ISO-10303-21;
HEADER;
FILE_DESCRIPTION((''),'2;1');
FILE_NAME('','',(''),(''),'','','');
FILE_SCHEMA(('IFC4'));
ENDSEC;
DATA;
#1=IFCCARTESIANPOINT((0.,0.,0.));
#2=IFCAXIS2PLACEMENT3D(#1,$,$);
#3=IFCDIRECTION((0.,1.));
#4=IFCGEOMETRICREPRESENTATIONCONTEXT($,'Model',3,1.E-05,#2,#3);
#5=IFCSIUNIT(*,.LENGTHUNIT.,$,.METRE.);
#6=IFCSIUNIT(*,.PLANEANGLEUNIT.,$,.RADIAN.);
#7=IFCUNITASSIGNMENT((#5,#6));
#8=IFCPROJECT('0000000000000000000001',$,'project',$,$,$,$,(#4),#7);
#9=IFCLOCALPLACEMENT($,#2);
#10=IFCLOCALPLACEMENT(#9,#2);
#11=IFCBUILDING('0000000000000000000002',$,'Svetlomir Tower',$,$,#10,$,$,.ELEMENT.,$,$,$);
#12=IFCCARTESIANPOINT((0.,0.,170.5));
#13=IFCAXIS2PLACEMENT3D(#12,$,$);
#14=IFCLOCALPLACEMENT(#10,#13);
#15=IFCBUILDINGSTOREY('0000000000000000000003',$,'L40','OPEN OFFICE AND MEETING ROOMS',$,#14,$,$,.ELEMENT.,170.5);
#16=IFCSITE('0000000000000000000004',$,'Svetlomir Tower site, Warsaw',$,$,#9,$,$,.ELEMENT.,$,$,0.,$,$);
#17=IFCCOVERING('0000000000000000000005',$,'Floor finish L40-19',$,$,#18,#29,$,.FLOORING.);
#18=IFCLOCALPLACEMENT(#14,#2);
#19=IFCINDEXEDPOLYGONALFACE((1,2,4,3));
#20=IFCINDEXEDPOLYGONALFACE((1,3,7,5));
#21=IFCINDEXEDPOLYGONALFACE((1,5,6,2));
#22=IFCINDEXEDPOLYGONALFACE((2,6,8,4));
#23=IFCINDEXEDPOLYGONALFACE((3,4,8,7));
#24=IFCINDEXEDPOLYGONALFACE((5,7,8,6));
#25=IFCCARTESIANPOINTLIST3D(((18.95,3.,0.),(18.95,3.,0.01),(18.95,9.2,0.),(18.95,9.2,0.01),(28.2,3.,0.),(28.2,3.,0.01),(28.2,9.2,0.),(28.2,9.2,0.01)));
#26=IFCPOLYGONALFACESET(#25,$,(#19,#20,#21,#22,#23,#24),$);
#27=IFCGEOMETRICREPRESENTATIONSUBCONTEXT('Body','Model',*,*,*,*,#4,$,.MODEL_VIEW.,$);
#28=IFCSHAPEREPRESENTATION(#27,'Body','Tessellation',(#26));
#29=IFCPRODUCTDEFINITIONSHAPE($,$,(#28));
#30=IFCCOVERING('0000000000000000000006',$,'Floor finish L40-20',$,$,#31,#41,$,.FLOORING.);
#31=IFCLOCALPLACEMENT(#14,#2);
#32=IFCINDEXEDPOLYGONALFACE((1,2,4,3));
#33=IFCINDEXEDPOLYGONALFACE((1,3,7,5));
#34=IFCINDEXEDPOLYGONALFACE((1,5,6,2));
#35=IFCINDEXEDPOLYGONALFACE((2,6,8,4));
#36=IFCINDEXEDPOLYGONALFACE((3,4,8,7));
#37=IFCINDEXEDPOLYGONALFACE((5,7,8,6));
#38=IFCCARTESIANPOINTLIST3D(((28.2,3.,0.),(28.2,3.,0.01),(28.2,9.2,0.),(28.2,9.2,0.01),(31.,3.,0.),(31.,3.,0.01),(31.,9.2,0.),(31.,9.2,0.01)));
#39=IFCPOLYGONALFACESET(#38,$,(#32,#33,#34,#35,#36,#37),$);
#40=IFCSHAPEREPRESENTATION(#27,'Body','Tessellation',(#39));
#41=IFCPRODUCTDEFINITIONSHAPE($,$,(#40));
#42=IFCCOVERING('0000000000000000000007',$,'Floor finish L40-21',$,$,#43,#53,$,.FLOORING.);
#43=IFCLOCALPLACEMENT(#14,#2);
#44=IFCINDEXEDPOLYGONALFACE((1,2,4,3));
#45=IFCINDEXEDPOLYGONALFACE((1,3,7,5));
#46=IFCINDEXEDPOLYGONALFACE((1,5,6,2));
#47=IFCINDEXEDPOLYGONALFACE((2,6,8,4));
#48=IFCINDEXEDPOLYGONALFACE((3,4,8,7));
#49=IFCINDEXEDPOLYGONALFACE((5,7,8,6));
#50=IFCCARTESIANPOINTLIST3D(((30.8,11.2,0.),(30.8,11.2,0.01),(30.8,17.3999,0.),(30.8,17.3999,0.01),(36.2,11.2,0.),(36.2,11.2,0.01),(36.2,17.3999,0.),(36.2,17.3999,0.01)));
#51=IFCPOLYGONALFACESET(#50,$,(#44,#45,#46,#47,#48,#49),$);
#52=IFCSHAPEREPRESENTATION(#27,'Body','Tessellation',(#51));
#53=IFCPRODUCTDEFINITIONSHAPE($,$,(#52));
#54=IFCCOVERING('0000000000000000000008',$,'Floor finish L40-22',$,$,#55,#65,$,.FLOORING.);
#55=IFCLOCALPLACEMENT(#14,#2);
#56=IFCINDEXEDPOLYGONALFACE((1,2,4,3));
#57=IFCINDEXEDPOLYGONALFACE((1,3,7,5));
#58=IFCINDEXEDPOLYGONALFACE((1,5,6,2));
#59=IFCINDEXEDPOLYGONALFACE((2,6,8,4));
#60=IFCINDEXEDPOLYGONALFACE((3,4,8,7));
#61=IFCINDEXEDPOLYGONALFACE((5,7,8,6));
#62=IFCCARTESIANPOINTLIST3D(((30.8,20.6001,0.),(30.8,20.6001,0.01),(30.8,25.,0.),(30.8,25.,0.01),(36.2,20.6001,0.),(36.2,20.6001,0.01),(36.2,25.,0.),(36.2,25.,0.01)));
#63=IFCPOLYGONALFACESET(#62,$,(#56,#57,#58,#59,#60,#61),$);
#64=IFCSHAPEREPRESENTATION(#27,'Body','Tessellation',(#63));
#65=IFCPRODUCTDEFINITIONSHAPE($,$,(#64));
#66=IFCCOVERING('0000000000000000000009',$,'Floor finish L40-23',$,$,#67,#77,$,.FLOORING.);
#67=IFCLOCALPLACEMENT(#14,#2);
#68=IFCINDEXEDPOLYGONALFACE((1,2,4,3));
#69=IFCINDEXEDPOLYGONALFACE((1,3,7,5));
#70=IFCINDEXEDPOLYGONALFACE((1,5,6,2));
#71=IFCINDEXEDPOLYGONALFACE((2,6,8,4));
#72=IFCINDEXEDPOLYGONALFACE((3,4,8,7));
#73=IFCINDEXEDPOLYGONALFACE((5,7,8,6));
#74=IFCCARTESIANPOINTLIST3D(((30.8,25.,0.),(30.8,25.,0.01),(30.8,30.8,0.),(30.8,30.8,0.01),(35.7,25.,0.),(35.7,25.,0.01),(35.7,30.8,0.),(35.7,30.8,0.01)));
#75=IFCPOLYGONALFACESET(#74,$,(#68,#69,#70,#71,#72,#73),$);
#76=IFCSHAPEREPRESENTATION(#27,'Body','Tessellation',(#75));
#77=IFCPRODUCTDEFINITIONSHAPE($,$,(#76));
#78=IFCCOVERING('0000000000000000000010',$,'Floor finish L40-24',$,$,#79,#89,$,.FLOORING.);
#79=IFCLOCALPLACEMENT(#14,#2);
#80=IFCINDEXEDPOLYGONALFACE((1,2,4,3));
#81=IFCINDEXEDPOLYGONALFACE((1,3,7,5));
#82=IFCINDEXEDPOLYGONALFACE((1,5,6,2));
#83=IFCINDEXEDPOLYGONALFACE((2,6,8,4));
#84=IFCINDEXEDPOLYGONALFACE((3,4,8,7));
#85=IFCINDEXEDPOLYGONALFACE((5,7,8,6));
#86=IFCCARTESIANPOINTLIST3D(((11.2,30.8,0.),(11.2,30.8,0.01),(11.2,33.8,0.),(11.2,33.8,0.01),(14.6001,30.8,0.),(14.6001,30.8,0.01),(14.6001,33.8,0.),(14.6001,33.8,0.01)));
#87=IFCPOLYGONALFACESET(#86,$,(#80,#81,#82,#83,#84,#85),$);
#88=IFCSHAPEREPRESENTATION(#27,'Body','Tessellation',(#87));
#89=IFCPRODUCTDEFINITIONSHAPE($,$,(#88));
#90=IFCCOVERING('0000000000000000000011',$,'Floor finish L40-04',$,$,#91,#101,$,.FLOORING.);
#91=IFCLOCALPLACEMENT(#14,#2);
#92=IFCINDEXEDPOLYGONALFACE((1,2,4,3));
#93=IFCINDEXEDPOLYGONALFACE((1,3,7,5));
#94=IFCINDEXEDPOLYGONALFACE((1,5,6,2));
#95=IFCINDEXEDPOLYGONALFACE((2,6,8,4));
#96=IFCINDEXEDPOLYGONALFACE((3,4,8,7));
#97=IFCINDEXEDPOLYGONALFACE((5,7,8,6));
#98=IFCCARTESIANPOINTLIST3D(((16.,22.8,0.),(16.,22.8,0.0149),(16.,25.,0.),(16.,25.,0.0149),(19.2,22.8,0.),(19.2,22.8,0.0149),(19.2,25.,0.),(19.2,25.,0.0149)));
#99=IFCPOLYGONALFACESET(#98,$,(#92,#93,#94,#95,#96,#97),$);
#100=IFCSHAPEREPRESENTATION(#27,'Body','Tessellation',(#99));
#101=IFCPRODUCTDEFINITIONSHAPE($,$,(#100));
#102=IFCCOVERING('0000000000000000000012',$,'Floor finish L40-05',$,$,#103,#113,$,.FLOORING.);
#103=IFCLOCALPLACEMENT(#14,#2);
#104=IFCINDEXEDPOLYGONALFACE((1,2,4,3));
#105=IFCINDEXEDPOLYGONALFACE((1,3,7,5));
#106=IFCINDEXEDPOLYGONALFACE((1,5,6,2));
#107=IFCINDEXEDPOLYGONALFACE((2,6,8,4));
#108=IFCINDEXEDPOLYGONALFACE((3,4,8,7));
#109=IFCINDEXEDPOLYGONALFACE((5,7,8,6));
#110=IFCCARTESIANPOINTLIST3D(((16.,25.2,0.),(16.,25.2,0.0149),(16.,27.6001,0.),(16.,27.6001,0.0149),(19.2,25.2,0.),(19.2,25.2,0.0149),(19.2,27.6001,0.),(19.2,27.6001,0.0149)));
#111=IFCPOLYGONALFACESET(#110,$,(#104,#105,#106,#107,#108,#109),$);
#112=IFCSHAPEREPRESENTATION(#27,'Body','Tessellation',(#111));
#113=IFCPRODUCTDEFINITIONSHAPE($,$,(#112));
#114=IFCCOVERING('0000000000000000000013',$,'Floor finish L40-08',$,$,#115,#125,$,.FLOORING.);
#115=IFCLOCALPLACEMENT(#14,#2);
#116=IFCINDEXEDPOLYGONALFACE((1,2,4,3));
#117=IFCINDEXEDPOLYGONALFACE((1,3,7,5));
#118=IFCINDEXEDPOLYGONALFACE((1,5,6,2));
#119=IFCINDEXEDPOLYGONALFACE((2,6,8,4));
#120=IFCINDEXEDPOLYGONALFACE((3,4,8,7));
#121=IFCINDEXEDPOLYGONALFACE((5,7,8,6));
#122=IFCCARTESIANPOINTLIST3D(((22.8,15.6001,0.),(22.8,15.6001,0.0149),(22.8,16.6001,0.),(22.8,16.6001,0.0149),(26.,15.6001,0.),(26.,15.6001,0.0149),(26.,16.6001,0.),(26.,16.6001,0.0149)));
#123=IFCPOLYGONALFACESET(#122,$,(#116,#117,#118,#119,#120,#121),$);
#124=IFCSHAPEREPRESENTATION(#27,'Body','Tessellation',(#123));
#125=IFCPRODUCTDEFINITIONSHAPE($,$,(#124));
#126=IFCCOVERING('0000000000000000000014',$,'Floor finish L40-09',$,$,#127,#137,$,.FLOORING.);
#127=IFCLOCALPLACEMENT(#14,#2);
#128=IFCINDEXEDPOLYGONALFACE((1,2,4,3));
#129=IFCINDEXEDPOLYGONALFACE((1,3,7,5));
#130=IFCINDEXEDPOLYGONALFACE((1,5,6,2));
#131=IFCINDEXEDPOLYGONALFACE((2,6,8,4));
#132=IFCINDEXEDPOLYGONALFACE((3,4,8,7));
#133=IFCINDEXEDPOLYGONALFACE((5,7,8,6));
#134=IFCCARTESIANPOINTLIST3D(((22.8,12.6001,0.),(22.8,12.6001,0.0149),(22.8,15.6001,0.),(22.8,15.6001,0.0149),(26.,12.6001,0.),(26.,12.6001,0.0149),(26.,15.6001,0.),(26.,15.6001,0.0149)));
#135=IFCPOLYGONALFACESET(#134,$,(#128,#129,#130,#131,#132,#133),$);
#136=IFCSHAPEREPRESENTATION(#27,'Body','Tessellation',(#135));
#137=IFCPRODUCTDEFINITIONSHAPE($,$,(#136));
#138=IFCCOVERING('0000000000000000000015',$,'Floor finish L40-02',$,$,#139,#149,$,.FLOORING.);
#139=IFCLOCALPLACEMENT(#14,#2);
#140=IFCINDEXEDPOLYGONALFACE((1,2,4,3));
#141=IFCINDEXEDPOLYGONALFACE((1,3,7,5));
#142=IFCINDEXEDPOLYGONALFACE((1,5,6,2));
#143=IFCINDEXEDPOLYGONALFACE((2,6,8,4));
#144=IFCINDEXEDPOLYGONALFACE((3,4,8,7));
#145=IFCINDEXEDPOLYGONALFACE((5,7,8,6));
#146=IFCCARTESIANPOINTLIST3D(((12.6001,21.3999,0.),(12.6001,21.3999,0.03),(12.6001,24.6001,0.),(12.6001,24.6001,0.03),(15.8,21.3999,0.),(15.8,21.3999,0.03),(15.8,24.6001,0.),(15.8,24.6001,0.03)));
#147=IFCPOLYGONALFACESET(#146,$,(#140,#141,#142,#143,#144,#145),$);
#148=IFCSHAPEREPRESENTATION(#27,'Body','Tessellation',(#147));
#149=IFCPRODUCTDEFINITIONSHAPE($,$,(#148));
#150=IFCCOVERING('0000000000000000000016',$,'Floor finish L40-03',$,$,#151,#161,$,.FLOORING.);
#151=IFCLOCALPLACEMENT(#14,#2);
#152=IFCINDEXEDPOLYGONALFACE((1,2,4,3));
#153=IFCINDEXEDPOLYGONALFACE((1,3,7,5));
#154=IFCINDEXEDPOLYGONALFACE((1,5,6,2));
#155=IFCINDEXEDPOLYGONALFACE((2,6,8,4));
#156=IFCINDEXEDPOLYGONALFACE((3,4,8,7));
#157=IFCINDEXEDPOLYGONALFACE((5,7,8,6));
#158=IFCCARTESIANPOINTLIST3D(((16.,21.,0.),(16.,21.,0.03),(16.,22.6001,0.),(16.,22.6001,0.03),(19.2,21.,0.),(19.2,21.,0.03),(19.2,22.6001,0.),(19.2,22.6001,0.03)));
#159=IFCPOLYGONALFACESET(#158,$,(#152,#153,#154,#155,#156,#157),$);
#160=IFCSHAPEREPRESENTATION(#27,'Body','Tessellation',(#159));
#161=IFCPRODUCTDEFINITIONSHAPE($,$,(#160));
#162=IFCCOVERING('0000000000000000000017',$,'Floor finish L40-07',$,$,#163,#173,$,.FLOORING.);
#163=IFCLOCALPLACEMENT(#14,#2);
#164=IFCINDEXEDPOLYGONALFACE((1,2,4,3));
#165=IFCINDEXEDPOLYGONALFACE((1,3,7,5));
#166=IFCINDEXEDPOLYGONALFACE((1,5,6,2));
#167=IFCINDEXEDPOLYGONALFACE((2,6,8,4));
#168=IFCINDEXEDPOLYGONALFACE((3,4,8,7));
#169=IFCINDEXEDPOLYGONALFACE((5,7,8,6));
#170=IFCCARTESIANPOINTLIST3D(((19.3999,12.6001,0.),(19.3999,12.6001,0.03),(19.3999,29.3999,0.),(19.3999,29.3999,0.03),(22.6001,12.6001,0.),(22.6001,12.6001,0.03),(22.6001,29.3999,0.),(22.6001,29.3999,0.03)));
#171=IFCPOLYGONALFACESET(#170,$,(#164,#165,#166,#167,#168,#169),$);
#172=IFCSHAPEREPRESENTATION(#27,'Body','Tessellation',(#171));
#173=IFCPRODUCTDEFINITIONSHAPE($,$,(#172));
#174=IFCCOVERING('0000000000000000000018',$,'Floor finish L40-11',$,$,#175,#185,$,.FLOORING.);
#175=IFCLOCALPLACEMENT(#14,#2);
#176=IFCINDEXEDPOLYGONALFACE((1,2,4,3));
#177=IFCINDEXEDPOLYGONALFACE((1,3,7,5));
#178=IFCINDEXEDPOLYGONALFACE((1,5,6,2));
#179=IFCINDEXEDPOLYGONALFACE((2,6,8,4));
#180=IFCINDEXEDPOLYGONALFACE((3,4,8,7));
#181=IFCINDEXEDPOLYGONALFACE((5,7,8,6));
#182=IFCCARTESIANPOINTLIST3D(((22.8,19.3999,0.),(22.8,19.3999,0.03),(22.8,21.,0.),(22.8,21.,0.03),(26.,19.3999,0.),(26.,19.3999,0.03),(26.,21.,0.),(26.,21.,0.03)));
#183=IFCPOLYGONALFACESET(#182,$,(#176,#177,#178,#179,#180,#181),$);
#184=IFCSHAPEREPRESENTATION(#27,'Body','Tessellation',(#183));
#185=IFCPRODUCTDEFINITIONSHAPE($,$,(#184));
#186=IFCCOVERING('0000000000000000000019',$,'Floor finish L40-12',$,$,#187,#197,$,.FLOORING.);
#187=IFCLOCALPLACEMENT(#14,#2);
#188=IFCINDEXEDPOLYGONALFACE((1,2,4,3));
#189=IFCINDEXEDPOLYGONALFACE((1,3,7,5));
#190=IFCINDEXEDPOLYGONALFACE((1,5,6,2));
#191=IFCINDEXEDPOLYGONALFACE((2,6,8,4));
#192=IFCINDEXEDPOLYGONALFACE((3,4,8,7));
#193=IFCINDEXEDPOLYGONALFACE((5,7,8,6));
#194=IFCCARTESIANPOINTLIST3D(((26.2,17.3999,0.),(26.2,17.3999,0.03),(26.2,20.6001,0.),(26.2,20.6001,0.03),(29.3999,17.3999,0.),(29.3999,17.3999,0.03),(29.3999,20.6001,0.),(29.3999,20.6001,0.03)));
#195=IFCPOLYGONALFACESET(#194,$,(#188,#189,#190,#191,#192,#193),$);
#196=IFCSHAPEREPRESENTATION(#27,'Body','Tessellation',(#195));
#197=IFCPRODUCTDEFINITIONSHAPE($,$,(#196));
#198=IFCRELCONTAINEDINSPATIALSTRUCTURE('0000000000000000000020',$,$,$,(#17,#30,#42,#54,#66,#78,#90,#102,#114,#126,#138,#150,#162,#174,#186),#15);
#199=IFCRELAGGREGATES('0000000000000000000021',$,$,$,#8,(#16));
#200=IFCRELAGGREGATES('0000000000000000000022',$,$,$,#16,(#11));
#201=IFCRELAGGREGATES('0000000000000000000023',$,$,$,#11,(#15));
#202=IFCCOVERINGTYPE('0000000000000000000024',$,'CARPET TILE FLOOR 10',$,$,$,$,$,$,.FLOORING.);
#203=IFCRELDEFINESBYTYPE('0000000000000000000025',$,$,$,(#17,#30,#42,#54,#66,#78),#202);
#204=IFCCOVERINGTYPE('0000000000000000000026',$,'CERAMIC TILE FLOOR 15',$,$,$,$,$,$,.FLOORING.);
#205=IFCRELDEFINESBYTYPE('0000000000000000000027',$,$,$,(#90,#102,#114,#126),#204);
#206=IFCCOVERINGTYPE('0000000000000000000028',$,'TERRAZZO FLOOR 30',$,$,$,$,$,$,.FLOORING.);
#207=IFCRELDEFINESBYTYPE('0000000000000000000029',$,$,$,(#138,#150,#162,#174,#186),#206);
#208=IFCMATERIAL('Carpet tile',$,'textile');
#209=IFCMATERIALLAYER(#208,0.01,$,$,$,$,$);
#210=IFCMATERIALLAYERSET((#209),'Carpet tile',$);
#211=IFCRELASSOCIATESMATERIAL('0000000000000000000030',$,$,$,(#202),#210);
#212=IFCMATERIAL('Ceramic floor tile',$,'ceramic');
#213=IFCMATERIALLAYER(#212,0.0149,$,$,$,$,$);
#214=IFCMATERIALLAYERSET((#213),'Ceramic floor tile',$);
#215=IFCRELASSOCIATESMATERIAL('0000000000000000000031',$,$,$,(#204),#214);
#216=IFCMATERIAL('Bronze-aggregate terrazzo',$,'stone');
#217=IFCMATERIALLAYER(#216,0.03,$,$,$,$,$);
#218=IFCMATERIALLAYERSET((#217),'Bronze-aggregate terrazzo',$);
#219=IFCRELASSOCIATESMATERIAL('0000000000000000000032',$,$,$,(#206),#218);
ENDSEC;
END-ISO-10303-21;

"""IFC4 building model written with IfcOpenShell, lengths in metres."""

from ifc_helpers import new_model, si_unit, direction, frame, origin, place, context, subcontext, project, spatial, polyline, outline, extrude, material, layer, layer_set, type_object, element, save


model = new_model("IFC4")

# Units and contexts
model_context = context("Model", 3, precision=1e-05, world=origin(), true_north=direction((0.0, 1.0)))
body_context = subcontext(model_context, "Body", "Model", "MODEL_VIEW")
ifc_project = project(units=[si_unit("LENGTHUNIT", "METRE"), si_unit("PLANEANGLEUNIT", "RADIAN")], contexts=[model_context])

# Site, building, storey
site_placement = place(None, origin())
site = spatial("IfcSite", under=ifc_project, at=site_placement, Name="Svetlomir Tower site, Warsaw", CompositionType="ELEMENT", RefElevation=0.0)
building_placement = place(site_placement, origin())
building = spatial("IfcBuilding", under=site, at=building_placement, Name="Svetlomir Tower", CompositionType="ELEMENT")
storey_placement = place(building_placement, frame((0.0, 0.0, 170.5)))
storey = spatial("IfcBuildingStorey", under=building, at=storey_placement, Name="L40", Description="OPEN OFFICE AND MEETING ROOMS", CompositionType="ELEMENT", Elevation=170.5)

# Coverings
ifc_material_1 = material(Name="Carpet tile", Category="textile")
ifc_layer_1 = layer(ifc_material_1, 0.01)
ifc_layer_set_1 = layer_set([ifc_layer_1], Name="Carpet tile")
covering_type_1 = type_object("IfcCoveringType", Name="CARPET TILE FLOOR 10", PredefinedType="FLOORING", material=ifc_layer_set_1)
covering_1_placement = place(storey_placement, origin())
element("IfcCovering", 1, at=covering_1_placement, inside=storey, type_object=covering_type_1, Name="Floor finish L40-19", PredefinedType="FLOORING", context=body_context, shape_type="SweptSolid", body=[
    extrude(outline(polyline([(18.95, 3.0), (28.2, 3.0), (28.2, 9.2), (18.95, 9.2), (18.95, 3.0)])), origin(), (0.0, 0.0, 1.0), 0.01),
])
covering_2_placement = place(storey_placement, origin())
element("IfcCovering", 2, at=covering_2_placement, inside=storey, type_object=covering_type_1, Name="Floor finish L40-20", PredefinedType="FLOORING", context=body_context, shape_type="SweptSolid", body=[
    extrude(outline(polyline([(28.2, 3.0), (31.0, 3.0), (31.0, 9.2), (28.2, 9.2), (28.2, 3.0)])), origin(), (0.0, 0.0, 1.0), 0.01),
])
covering_3_placement = place(storey_placement, origin())
element("IfcCovering", 3, at=covering_3_placement, inside=storey, type_object=covering_type_1, Name="Floor finish L40-21", PredefinedType="FLOORING", context=body_context, shape_type="SweptSolid", body=[
    extrude(outline(polyline([(30.8, 11.2), (36.2, 11.2), (36.2, 17.3999), (30.8, 17.3999), (30.8, 11.2)])), origin(), (0.0, 0.0, 1.0), 0.01),
])
covering_4_placement = place(storey_placement, origin())
element("IfcCovering", 4, at=covering_4_placement, inside=storey, type_object=covering_type_1, Name="Floor finish L40-22", PredefinedType="FLOORING", context=body_context, shape_type="SweptSolid", body=[
    extrude(outline(polyline([(30.8, 20.6001), (36.2, 20.6001), (36.2, 25.0), (30.8, 25.0), (30.8, 20.6001)])), origin(), (0.0, 0.0, 1.0), 0.01),
])
covering_5_placement = place(storey_placement, origin())
element("IfcCovering", 5, at=covering_5_placement, inside=storey, type_object=covering_type_1, Name="Floor finish L40-23", PredefinedType="FLOORING", context=body_context, shape_type="SweptSolid", body=[
    extrude(outline(polyline([(30.8, 25.0), (35.7, 25.0), (35.7, 30.8), (30.8, 30.8), (30.8, 25.0)])), origin(), (0.0, 0.0, 1.0), 0.01),
])
covering_6_placement = place(storey_placement, origin())
element("IfcCovering", 6, at=covering_6_placement, inside=storey, type_object=covering_type_1, Name="Floor finish L40-24", PredefinedType="FLOORING", context=body_context, shape_type="SweptSolid", body=[
    extrude(outline(polyline([(11.2, 30.8), (14.6001, 30.8), (14.6001, 33.8), (11.2, 33.8), (11.2, 30.8)])), origin(), (0.0, 0.0, 1.0), 0.01),
])
ifc_material_2 = material(Name="Ceramic floor tile", Category="ceramic")
ifc_layer_2 = layer(ifc_material_2, 0.0149)
ifc_layer_set_2 = layer_set([ifc_layer_2], Name="Ceramic floor tile")
covering_type_2 = type_object("IfcCoveringType", Name="CERAMIC TILE FLOOR 15", PredefinedType="FLOORING", material=ifc_layer_set_2)
covering_7_placement = place(storey_placement, origin())
element("IfcCovering", 7, at=covering_7_placement, inside=storey, type_object=covering_type_2, Name="Floor finish L40-04", PredefinedType="FLOORING", context=body_context, shape_type="SweptSolid", body=[
    extrude(outline(polyline([(16.0, 22.8), (19.2, 22.8), (19.2, 25.0), (16.0, 25.0), (16.0, 22.8)])), origin(), (0.0, 0.0, 1.0), 0.0149),
])
covering_8_placement = place(storey_placement, origin())
element("IfcCovering", 8, at=covering_8_placement, inside=storey, type_object=covering_type_2, Name="Floor finish L40-05", PredefinedType="FLOORING", context=body_context, shape_type="SweptSolid", body=[
    extrude(outline(polyline([(16.0, 25.2), (19.2, 25.2), (19.2, 27.6001), (16.0, 27.6001), (16.0, 25.2)])), origin(), (0.0, 0.0, 1.0), 0.0149),
])
covering_9_placement = place(storey_placement, origin())
element("IfcCovering", 9, at=covering_9_placement, inside=storey, type_object=covering_type_2, Name="Floor finish L40-08", PredefinedType="FLOORING", context=body_context, shape_type="SweptSolid", body=[
    extrude(outline(polyline([(22.8, 15.6001), (26.0, 15.6001), (26.0, 16.6001), (22.8, 16.6001), (22.8, 15.6001)])), origin(), (0.0, 0.0, 1.0), 0.0149),
])
covering_10_placement = place(storey_placement, origin())
element("IfcCovering", 10, at=covering_10_placement, inside=storey, type_object=covering_type_2, Name="Floor finish L40-09", PredefinedType="FLOORING", context=body_context, shape_type="SweptSolid", body=[
    extrude(outline(polyline([(22.8, 12.6001), (26.0, 12.6001), (26.0, 15.6001), (22.8, 15.6001), (22.8, 12.6001)])), origin(), (0.0, 0.0, 1.0), 0.0149),
])
ifc_material_3 = material(Name="Bronze-aggregate terrazzo", Category="stone")
ifc_layer_3 = layer(ifc_material_3, 0.03)
ifc_layer_set_3 = layer_set([ifc_layer_3], Name="Bronze-aggregate terrazzo")
covering_type_3 = type_object("IfcCoveringType", Name="TERRAZZO FLOOR 30", PredefinedType="FLOORING", material=ifc_layer_set_3)
covering_11_placement = place(storey_placement, origin())
element("IfcCovering", 11, at=covering_11_placement, inside=storey, type_object=covering_type_3, Name="Floor finish L40-02", PredefinedType="FLOORING", context=body_context, shape_type="SweptSolid", body=[
    extrude(outline(polyline([(12.6001, 21.3999), (15.8, 21.3999), (15.8, 24.6001), (12.6001, 24.6001), (12.6001, 21.3999)])), origin(), (0.0, 0.0, 1.0), 0.03),
])
covering_12_placement = place(storey_placement, origin())
element("IfcCovering", 12, at=covering_12_placement, inside=storey, type_object=covering_type_3, Name="Floor finish L40-03", PredefinedType="FLOORING", context=body_context, shape_type="SweptSolid", body=[
    extrude(outline(polyline([(16.0, 21.0), (19.2, 21.0), (19.2, 22.6001), (16.0, 22.6001), (16.0, 21.0)])), origin(), (0.0, 0.0, 1.0), 0.03),
])
covering_13_placement = place(storey_placement, origin())
element("IfcCovering", 13, at=covering_13_placement, inside=storey, type_object=covering_type_3, Name="Floor finish L40-07", PredefinedType="FLOORING", context=body_context, shape_type="SweptSolid", body=[
    extrude(outline(polyline([(19.3999, 12.6001), (22.6001, 12.6001), (22.6001, 29.3999), (19.3999, 29.3999), (19.3999, 12.6001)])), origin(), (0.0, 0.0, 1.0), 0.03),
])
covering_14_placement = place(storey_placement, origin())
element("IfcCovering", 14, at=covering_14_placement, inside=storey, type_object=covering_type_3, Name="Floor finish L40-11", PredefinedType="FLOORING", context=body_context, shape_type="SweptSolid", body=[
    extrude(outline(polyline([(22.8, 19.3999), (26.0, 19.3999), (26.0, 21.0), (22.8, 21.0), (22.8, 19.3999)])), origin(), (0.0, 0.0, 1.0), 0.03),
])
covering_15_placement = place(storey_placement, origin())
element("IfcCovering", 15, at=covering_15_placement, inside=storey, type_object=covering_type_3, Name="Floor finish L40-12", PredefinedType="FLOORING", context=body_context, shape_type="SweptSolid", body=[
    extrude(outline(polyline([(26.2, 17.3999), (29.3999, 17.3999), (29.3999, 20.6001), (26.2, 20.6001), (26.2, 17.3999)])), origin(), (0.0, 0.0, 1.0), 0.03),
])

save(model, "model.ifc")
